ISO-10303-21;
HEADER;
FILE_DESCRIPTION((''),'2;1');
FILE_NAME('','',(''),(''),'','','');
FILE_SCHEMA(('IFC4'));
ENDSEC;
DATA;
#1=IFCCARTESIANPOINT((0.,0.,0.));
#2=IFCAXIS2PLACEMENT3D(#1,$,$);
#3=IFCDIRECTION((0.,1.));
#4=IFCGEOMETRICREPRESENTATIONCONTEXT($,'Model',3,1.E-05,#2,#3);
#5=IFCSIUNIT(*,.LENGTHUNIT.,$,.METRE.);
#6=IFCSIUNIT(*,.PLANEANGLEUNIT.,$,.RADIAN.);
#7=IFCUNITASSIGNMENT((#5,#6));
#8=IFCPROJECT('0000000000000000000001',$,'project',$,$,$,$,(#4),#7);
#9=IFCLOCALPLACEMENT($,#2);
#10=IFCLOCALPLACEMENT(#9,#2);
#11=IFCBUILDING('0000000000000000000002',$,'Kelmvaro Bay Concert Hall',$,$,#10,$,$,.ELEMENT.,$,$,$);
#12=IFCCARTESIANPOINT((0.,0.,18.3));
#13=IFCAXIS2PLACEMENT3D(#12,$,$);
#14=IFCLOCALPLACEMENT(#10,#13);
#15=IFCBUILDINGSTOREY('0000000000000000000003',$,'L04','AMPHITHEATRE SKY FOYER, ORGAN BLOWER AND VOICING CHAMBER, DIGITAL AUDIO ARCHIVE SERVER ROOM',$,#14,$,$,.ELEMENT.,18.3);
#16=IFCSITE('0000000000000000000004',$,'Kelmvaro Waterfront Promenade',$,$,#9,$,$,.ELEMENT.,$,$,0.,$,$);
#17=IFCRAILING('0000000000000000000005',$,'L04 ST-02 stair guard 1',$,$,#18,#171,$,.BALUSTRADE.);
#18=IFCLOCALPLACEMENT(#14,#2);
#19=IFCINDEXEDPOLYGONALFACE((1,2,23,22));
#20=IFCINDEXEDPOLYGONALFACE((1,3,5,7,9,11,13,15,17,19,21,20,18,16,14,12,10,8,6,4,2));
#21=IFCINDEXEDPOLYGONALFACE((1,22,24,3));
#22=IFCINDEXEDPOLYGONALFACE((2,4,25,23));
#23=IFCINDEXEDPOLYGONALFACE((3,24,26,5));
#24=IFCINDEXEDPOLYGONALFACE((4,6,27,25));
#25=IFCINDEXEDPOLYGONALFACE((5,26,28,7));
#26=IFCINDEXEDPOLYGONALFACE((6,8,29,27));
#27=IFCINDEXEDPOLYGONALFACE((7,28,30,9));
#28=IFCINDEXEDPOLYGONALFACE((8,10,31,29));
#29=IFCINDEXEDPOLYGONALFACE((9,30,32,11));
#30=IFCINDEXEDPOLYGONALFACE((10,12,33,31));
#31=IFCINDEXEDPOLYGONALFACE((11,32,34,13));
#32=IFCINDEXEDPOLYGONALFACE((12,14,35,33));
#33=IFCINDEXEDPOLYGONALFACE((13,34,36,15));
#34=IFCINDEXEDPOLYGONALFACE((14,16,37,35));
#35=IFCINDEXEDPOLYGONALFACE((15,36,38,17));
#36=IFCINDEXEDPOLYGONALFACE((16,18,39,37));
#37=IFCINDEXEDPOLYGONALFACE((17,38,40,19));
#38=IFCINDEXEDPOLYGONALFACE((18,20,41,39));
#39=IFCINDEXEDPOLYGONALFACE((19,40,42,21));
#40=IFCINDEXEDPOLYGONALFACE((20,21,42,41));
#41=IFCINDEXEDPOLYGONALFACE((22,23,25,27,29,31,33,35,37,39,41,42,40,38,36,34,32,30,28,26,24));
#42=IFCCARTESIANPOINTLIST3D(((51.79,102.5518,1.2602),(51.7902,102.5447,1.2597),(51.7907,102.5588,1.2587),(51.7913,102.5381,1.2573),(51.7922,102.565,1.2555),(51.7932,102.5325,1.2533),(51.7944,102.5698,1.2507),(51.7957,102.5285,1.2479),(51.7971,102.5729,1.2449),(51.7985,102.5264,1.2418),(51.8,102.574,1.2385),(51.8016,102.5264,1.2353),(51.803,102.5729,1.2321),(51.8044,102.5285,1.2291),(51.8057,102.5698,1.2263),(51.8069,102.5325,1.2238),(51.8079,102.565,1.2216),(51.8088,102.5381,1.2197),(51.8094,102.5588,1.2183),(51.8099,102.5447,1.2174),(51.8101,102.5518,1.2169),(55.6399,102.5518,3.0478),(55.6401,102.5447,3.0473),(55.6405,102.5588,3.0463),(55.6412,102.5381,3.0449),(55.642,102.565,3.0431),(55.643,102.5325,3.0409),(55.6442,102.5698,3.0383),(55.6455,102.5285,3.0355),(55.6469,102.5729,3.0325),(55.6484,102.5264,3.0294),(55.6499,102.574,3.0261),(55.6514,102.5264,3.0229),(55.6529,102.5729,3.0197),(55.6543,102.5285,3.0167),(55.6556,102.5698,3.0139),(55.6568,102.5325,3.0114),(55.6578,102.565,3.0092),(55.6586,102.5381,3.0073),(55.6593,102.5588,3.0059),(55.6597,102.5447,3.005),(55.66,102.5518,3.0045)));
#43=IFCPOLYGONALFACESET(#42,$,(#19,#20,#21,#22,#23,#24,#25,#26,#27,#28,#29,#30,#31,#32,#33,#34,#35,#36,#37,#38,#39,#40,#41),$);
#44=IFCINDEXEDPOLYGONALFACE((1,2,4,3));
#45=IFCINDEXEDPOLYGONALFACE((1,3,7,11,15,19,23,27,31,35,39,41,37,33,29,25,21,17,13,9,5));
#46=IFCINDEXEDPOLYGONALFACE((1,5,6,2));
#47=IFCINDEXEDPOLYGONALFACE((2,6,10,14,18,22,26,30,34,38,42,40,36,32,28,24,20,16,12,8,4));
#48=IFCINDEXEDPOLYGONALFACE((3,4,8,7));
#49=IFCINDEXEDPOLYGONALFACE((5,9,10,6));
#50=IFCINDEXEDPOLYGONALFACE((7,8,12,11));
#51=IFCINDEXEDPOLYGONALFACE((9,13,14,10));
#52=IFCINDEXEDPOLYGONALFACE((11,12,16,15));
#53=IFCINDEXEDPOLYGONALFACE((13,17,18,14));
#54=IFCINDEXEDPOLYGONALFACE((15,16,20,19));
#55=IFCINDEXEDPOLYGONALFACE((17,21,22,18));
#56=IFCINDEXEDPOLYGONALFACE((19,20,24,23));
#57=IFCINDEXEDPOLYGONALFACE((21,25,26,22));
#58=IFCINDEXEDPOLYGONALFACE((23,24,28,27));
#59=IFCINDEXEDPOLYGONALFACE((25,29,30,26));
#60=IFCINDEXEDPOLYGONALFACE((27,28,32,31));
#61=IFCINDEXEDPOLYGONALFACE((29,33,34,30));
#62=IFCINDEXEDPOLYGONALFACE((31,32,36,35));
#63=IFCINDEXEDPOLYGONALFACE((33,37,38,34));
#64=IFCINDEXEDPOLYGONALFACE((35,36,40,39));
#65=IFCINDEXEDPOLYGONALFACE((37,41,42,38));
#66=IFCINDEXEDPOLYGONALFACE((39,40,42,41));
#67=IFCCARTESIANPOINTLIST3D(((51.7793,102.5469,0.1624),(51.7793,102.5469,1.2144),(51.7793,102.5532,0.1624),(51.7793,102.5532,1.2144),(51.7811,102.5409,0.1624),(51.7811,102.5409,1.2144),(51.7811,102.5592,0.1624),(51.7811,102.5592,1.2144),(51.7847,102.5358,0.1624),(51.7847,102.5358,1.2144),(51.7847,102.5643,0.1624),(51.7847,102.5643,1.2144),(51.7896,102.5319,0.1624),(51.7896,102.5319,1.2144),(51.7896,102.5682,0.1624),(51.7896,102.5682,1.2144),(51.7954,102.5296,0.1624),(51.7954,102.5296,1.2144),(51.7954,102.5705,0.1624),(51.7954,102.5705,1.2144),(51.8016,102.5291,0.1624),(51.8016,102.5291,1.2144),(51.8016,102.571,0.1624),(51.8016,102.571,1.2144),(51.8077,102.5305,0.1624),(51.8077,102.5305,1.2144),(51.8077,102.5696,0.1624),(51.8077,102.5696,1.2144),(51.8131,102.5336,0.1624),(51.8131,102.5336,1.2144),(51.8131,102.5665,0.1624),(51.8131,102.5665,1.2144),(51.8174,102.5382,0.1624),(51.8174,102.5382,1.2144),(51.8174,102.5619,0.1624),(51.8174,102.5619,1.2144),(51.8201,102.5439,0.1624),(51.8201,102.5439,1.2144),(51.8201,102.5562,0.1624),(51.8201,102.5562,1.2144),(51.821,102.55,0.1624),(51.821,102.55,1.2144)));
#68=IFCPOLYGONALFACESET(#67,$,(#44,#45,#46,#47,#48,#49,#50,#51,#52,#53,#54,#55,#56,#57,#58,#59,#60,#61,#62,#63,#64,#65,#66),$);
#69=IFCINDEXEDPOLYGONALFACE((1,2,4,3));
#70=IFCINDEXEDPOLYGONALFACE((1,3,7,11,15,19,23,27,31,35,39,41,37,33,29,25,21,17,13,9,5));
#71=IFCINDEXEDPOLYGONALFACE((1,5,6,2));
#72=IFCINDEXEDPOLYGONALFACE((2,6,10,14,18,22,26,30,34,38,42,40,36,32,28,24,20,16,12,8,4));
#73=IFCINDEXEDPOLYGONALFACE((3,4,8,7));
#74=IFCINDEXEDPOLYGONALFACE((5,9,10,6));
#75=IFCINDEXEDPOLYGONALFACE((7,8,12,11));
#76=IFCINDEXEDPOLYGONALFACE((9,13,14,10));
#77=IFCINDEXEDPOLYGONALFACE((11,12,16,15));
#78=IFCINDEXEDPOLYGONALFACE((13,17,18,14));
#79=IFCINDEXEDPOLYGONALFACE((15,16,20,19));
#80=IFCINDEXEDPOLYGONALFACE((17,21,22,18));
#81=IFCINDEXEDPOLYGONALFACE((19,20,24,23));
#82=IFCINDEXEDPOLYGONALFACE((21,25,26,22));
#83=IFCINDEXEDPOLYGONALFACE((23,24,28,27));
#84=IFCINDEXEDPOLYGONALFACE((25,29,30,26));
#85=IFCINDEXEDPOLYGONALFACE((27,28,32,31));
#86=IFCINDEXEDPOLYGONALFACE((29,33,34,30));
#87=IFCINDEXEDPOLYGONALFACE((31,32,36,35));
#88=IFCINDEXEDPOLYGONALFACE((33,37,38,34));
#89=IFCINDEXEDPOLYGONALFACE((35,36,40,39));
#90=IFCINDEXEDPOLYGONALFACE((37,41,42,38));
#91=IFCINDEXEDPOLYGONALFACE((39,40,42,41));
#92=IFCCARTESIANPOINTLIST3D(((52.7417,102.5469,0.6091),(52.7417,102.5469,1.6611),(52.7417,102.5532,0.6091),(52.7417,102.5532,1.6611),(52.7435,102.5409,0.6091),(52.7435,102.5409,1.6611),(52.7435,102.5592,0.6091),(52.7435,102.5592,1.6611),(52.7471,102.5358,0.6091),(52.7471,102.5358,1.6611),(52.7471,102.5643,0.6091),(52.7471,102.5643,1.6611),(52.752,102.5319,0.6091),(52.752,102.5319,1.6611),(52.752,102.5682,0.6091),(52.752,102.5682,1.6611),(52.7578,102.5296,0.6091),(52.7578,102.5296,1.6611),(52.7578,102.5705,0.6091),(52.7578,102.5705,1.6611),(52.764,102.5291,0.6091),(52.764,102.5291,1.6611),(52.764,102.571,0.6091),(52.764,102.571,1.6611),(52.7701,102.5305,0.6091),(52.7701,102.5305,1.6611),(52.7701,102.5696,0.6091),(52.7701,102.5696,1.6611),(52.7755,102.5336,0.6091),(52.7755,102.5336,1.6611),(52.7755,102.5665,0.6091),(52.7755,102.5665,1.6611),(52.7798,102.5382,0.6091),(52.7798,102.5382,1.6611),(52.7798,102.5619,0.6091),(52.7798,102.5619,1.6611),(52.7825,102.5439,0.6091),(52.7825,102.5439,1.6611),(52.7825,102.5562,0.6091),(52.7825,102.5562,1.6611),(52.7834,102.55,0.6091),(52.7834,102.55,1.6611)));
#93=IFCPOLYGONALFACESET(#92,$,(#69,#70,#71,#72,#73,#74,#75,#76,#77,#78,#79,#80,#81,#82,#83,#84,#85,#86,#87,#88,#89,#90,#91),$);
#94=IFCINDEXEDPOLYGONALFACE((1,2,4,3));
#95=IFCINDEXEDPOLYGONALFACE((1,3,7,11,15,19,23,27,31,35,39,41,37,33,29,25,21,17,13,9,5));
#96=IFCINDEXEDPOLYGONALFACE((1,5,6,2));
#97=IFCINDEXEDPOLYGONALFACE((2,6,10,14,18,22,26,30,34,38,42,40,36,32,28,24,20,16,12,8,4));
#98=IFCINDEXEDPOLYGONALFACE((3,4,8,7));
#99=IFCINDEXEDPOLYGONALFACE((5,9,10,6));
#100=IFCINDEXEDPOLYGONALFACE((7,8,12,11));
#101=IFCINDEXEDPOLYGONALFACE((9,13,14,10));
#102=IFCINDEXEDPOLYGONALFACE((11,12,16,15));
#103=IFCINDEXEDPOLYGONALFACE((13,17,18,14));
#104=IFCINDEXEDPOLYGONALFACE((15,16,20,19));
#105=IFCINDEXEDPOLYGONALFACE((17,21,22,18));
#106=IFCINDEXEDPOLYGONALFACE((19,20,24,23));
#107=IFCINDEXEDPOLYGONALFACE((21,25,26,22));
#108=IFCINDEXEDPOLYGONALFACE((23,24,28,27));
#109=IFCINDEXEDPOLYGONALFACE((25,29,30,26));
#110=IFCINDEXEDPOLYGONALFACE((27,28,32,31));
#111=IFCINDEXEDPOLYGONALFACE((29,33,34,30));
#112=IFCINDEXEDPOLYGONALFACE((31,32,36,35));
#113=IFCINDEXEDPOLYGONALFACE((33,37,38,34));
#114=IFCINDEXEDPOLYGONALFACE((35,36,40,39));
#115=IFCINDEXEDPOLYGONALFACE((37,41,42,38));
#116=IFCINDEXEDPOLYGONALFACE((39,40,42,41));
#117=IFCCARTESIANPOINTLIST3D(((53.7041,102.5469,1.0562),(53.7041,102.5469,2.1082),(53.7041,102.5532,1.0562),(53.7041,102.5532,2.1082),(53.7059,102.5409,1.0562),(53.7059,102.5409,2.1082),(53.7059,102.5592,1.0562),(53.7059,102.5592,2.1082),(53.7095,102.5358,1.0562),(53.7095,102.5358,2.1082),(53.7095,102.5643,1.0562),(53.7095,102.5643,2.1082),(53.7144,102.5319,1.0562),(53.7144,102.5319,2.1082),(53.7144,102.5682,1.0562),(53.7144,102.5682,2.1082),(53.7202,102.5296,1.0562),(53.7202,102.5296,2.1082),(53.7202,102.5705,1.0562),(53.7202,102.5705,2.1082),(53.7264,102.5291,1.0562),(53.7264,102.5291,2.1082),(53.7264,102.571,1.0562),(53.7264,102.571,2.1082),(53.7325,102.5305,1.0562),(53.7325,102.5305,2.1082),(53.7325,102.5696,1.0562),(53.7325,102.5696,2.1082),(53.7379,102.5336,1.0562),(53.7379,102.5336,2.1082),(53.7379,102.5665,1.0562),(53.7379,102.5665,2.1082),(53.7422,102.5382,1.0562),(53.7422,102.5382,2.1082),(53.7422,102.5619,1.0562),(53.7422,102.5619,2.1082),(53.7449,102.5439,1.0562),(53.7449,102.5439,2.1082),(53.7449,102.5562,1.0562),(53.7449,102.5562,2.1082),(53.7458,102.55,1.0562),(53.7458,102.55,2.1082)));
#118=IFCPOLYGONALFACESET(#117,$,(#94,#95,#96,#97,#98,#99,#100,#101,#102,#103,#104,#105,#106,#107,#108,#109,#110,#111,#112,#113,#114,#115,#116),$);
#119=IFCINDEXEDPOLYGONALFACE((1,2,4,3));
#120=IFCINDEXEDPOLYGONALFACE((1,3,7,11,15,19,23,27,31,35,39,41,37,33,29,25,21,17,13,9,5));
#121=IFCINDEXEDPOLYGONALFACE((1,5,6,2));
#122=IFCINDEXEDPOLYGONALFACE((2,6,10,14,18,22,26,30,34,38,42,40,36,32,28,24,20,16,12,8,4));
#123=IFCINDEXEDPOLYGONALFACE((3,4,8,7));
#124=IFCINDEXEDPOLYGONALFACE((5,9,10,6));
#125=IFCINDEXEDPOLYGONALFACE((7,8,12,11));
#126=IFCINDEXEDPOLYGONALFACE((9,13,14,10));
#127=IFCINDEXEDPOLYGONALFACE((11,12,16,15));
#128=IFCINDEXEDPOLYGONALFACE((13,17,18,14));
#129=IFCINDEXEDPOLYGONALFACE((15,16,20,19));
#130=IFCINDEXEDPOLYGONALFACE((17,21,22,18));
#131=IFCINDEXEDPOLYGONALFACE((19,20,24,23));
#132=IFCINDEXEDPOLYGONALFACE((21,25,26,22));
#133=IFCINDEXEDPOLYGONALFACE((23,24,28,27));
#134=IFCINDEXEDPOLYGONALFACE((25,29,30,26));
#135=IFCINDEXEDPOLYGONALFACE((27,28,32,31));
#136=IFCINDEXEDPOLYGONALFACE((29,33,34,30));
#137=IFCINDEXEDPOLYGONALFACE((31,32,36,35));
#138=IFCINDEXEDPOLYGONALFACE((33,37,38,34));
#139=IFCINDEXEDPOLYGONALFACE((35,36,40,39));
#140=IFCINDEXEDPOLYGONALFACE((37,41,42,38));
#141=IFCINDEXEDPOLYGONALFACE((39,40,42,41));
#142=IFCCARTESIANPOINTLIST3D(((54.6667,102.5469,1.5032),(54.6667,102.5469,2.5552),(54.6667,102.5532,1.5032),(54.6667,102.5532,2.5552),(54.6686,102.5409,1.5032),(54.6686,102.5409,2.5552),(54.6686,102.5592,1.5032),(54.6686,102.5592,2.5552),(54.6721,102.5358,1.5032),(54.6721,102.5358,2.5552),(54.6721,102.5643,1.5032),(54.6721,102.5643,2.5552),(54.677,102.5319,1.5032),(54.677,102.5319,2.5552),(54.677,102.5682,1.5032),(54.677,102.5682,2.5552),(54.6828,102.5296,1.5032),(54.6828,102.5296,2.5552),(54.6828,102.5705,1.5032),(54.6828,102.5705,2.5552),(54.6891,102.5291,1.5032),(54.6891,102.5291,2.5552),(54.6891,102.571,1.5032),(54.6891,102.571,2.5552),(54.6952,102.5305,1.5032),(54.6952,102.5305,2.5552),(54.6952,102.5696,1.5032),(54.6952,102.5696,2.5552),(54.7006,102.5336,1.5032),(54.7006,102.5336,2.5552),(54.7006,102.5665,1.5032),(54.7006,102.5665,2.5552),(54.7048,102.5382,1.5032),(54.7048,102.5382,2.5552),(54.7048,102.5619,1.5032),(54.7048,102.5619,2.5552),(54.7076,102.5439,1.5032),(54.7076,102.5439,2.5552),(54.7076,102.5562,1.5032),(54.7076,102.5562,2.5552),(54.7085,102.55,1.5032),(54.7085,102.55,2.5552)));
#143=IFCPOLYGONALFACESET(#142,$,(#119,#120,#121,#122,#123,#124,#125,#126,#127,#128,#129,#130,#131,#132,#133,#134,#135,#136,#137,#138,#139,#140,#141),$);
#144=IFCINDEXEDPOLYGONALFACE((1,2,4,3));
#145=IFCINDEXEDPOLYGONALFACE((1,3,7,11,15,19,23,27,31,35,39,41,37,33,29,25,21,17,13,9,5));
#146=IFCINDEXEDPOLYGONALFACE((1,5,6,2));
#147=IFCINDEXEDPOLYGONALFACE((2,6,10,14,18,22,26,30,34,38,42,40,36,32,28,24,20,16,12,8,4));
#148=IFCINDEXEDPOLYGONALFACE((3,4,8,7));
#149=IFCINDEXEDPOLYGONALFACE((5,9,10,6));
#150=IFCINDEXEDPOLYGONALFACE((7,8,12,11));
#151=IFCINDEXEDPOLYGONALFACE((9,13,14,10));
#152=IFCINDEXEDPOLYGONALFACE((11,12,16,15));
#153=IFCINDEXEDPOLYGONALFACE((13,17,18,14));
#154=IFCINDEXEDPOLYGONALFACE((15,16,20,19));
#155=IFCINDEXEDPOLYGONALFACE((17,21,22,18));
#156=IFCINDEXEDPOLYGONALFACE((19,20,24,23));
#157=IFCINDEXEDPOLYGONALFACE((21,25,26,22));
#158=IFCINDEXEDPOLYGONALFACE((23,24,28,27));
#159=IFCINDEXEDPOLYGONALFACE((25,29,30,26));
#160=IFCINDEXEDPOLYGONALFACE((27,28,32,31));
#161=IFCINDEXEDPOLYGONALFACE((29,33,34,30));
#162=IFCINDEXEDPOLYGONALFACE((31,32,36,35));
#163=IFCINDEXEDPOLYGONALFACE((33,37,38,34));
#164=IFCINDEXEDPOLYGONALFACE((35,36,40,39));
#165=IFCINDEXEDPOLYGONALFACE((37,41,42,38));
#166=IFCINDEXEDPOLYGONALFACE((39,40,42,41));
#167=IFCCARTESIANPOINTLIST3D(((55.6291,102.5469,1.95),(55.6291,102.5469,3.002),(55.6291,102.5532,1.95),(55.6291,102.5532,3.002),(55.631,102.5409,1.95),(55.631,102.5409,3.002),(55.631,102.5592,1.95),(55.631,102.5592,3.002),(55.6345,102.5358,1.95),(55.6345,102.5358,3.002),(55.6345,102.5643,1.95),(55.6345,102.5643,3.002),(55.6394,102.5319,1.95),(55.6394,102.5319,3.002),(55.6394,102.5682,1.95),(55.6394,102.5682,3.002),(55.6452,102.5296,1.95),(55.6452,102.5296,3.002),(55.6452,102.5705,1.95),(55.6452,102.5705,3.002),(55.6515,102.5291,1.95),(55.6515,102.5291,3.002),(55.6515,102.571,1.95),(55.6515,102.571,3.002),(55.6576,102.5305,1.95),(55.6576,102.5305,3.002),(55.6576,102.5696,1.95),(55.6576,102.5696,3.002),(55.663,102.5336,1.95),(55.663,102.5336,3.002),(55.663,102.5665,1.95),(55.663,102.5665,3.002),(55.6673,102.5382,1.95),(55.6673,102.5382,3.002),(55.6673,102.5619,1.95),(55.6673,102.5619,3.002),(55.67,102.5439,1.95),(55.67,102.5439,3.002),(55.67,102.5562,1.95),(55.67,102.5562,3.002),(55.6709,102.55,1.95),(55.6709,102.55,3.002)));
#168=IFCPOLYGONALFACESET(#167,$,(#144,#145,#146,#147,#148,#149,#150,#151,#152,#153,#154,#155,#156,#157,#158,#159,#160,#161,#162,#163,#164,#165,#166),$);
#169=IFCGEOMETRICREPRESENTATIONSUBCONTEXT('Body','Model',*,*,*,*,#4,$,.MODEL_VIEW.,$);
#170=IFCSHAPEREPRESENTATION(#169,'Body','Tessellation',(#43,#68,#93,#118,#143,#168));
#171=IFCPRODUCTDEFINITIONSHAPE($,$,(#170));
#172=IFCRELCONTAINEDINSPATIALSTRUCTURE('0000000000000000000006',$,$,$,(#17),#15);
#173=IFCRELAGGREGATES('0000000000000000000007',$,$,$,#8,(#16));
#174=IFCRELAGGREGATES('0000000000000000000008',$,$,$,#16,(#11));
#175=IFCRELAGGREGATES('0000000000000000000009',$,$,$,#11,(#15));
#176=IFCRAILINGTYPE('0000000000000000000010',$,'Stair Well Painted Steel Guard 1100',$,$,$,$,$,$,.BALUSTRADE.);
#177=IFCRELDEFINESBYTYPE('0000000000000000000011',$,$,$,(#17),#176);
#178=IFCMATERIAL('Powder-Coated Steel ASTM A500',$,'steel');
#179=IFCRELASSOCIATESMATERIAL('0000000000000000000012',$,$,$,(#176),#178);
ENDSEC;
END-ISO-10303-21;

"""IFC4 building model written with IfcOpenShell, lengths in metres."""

from ifc_helpers import new_model, si_unit, direction, frame, origin, origin_2d, place, context, subcontext, project, spatial, circle, extrude, material, type_object, element, save


model = new_model("IFC4")

# Units and contexts
model_context = context("Model", 3, precision=1e-05, world=origin(), true_north=direction((0.0, 1.0)))
body_context = subcontext(model_context, "Body", "Model", "MODEL_VIEW")
ifc_project = project(units=[si_unit("LENGTHUNIT", "METRE"), si_unit("PLANEANGLEUNIT", "RADIAN")], contexts=[model_context])

# Site, building, storey
site_placement = place(None, origin())
site = spatial("IfcSite", under=ifc_project, at=site_placement, Name="Kelmvaro Waterfront Promenade", CompositionType="ELEMENT", RefElevation=0.0)
building_placement = place(site_placement, origin())
building = spatial("IfcBuilding", under=site, at=building_placement, Name="Kelmvaro Bay Concert Hall", CompositionType="ELEMENT")
storey_placement = place(building_placement, frame((0.0, 0.0, 18.3)))
storey = spatial("IfcBuildingStorey", under=building, at=storey_placement, Name="L04", Description="AMPHITHEATRE SKY FOYER, ORGAN BLOWER AND VOICING CHAMBER, DIGITAL AUDIO ARCHIVE SERVER ROOM", CompositionType="ELEMENT", Elevation=18.3)

# Railing
ifc_material_1 = material(Name="Powder-Coated Steel ASTM A500", Category="steel")
railing_type_1 = type_object("IfcRailingType", Name="Stair Well Painted Steel Guard 1100", PredefinedType="BALUSTRADE", material=ifc_material_1)
railing_1_placement = place(storey_placement, frame((51.8, 102.55, 0.1624)))
element("IfcRailing", 1, at=railing_1_placement, inside=storey, type_object=railing_type_1, Name="L04 ST-02 stair guard 1", PredefinedType="BALUSTRADE", context=body_context, shape_type="SweptSolid", body=[
    extrude(circle(Radius=0.0239, at=origin_2d()), frame((0.0, 0.0, 1.0762), z_axis=(0.906994, 0.0, 0.421143), x_axis=(0.0, 1.0, 0.0)), (0.0, 0.0, 1.0), 4.2446),
    extrude(circle(Radius=0.021, at=origin_2d()), origin(), (0.0, 0.0, 1.0), 1.052),
    extrude(circle(Radius=0.021, at=origin_2d()), frame((0.9624, 0.0, 0.4468)), (0.0, 0.0, 1.0), 1.052),
    extrude(circle(Radius=0.021, at=origin_2d()), frame((1.9248, 0.0, 0.8938)), (0.0, 0.0, 1.0), 1.052),
    extrude(circle(Radius=0.021, at=origin_2d()), frame((2.8875, 0.0, 1.3408)), (0.0, 0.0, 1.0), 1.052),
    extrude(circle(Radius=0.021, at=origin_2d()), frame((3.8499, 0.0, 1.7876)), (0.0, 0.0, 1.0), 1.052),
])

save(model, "model.ifc")
